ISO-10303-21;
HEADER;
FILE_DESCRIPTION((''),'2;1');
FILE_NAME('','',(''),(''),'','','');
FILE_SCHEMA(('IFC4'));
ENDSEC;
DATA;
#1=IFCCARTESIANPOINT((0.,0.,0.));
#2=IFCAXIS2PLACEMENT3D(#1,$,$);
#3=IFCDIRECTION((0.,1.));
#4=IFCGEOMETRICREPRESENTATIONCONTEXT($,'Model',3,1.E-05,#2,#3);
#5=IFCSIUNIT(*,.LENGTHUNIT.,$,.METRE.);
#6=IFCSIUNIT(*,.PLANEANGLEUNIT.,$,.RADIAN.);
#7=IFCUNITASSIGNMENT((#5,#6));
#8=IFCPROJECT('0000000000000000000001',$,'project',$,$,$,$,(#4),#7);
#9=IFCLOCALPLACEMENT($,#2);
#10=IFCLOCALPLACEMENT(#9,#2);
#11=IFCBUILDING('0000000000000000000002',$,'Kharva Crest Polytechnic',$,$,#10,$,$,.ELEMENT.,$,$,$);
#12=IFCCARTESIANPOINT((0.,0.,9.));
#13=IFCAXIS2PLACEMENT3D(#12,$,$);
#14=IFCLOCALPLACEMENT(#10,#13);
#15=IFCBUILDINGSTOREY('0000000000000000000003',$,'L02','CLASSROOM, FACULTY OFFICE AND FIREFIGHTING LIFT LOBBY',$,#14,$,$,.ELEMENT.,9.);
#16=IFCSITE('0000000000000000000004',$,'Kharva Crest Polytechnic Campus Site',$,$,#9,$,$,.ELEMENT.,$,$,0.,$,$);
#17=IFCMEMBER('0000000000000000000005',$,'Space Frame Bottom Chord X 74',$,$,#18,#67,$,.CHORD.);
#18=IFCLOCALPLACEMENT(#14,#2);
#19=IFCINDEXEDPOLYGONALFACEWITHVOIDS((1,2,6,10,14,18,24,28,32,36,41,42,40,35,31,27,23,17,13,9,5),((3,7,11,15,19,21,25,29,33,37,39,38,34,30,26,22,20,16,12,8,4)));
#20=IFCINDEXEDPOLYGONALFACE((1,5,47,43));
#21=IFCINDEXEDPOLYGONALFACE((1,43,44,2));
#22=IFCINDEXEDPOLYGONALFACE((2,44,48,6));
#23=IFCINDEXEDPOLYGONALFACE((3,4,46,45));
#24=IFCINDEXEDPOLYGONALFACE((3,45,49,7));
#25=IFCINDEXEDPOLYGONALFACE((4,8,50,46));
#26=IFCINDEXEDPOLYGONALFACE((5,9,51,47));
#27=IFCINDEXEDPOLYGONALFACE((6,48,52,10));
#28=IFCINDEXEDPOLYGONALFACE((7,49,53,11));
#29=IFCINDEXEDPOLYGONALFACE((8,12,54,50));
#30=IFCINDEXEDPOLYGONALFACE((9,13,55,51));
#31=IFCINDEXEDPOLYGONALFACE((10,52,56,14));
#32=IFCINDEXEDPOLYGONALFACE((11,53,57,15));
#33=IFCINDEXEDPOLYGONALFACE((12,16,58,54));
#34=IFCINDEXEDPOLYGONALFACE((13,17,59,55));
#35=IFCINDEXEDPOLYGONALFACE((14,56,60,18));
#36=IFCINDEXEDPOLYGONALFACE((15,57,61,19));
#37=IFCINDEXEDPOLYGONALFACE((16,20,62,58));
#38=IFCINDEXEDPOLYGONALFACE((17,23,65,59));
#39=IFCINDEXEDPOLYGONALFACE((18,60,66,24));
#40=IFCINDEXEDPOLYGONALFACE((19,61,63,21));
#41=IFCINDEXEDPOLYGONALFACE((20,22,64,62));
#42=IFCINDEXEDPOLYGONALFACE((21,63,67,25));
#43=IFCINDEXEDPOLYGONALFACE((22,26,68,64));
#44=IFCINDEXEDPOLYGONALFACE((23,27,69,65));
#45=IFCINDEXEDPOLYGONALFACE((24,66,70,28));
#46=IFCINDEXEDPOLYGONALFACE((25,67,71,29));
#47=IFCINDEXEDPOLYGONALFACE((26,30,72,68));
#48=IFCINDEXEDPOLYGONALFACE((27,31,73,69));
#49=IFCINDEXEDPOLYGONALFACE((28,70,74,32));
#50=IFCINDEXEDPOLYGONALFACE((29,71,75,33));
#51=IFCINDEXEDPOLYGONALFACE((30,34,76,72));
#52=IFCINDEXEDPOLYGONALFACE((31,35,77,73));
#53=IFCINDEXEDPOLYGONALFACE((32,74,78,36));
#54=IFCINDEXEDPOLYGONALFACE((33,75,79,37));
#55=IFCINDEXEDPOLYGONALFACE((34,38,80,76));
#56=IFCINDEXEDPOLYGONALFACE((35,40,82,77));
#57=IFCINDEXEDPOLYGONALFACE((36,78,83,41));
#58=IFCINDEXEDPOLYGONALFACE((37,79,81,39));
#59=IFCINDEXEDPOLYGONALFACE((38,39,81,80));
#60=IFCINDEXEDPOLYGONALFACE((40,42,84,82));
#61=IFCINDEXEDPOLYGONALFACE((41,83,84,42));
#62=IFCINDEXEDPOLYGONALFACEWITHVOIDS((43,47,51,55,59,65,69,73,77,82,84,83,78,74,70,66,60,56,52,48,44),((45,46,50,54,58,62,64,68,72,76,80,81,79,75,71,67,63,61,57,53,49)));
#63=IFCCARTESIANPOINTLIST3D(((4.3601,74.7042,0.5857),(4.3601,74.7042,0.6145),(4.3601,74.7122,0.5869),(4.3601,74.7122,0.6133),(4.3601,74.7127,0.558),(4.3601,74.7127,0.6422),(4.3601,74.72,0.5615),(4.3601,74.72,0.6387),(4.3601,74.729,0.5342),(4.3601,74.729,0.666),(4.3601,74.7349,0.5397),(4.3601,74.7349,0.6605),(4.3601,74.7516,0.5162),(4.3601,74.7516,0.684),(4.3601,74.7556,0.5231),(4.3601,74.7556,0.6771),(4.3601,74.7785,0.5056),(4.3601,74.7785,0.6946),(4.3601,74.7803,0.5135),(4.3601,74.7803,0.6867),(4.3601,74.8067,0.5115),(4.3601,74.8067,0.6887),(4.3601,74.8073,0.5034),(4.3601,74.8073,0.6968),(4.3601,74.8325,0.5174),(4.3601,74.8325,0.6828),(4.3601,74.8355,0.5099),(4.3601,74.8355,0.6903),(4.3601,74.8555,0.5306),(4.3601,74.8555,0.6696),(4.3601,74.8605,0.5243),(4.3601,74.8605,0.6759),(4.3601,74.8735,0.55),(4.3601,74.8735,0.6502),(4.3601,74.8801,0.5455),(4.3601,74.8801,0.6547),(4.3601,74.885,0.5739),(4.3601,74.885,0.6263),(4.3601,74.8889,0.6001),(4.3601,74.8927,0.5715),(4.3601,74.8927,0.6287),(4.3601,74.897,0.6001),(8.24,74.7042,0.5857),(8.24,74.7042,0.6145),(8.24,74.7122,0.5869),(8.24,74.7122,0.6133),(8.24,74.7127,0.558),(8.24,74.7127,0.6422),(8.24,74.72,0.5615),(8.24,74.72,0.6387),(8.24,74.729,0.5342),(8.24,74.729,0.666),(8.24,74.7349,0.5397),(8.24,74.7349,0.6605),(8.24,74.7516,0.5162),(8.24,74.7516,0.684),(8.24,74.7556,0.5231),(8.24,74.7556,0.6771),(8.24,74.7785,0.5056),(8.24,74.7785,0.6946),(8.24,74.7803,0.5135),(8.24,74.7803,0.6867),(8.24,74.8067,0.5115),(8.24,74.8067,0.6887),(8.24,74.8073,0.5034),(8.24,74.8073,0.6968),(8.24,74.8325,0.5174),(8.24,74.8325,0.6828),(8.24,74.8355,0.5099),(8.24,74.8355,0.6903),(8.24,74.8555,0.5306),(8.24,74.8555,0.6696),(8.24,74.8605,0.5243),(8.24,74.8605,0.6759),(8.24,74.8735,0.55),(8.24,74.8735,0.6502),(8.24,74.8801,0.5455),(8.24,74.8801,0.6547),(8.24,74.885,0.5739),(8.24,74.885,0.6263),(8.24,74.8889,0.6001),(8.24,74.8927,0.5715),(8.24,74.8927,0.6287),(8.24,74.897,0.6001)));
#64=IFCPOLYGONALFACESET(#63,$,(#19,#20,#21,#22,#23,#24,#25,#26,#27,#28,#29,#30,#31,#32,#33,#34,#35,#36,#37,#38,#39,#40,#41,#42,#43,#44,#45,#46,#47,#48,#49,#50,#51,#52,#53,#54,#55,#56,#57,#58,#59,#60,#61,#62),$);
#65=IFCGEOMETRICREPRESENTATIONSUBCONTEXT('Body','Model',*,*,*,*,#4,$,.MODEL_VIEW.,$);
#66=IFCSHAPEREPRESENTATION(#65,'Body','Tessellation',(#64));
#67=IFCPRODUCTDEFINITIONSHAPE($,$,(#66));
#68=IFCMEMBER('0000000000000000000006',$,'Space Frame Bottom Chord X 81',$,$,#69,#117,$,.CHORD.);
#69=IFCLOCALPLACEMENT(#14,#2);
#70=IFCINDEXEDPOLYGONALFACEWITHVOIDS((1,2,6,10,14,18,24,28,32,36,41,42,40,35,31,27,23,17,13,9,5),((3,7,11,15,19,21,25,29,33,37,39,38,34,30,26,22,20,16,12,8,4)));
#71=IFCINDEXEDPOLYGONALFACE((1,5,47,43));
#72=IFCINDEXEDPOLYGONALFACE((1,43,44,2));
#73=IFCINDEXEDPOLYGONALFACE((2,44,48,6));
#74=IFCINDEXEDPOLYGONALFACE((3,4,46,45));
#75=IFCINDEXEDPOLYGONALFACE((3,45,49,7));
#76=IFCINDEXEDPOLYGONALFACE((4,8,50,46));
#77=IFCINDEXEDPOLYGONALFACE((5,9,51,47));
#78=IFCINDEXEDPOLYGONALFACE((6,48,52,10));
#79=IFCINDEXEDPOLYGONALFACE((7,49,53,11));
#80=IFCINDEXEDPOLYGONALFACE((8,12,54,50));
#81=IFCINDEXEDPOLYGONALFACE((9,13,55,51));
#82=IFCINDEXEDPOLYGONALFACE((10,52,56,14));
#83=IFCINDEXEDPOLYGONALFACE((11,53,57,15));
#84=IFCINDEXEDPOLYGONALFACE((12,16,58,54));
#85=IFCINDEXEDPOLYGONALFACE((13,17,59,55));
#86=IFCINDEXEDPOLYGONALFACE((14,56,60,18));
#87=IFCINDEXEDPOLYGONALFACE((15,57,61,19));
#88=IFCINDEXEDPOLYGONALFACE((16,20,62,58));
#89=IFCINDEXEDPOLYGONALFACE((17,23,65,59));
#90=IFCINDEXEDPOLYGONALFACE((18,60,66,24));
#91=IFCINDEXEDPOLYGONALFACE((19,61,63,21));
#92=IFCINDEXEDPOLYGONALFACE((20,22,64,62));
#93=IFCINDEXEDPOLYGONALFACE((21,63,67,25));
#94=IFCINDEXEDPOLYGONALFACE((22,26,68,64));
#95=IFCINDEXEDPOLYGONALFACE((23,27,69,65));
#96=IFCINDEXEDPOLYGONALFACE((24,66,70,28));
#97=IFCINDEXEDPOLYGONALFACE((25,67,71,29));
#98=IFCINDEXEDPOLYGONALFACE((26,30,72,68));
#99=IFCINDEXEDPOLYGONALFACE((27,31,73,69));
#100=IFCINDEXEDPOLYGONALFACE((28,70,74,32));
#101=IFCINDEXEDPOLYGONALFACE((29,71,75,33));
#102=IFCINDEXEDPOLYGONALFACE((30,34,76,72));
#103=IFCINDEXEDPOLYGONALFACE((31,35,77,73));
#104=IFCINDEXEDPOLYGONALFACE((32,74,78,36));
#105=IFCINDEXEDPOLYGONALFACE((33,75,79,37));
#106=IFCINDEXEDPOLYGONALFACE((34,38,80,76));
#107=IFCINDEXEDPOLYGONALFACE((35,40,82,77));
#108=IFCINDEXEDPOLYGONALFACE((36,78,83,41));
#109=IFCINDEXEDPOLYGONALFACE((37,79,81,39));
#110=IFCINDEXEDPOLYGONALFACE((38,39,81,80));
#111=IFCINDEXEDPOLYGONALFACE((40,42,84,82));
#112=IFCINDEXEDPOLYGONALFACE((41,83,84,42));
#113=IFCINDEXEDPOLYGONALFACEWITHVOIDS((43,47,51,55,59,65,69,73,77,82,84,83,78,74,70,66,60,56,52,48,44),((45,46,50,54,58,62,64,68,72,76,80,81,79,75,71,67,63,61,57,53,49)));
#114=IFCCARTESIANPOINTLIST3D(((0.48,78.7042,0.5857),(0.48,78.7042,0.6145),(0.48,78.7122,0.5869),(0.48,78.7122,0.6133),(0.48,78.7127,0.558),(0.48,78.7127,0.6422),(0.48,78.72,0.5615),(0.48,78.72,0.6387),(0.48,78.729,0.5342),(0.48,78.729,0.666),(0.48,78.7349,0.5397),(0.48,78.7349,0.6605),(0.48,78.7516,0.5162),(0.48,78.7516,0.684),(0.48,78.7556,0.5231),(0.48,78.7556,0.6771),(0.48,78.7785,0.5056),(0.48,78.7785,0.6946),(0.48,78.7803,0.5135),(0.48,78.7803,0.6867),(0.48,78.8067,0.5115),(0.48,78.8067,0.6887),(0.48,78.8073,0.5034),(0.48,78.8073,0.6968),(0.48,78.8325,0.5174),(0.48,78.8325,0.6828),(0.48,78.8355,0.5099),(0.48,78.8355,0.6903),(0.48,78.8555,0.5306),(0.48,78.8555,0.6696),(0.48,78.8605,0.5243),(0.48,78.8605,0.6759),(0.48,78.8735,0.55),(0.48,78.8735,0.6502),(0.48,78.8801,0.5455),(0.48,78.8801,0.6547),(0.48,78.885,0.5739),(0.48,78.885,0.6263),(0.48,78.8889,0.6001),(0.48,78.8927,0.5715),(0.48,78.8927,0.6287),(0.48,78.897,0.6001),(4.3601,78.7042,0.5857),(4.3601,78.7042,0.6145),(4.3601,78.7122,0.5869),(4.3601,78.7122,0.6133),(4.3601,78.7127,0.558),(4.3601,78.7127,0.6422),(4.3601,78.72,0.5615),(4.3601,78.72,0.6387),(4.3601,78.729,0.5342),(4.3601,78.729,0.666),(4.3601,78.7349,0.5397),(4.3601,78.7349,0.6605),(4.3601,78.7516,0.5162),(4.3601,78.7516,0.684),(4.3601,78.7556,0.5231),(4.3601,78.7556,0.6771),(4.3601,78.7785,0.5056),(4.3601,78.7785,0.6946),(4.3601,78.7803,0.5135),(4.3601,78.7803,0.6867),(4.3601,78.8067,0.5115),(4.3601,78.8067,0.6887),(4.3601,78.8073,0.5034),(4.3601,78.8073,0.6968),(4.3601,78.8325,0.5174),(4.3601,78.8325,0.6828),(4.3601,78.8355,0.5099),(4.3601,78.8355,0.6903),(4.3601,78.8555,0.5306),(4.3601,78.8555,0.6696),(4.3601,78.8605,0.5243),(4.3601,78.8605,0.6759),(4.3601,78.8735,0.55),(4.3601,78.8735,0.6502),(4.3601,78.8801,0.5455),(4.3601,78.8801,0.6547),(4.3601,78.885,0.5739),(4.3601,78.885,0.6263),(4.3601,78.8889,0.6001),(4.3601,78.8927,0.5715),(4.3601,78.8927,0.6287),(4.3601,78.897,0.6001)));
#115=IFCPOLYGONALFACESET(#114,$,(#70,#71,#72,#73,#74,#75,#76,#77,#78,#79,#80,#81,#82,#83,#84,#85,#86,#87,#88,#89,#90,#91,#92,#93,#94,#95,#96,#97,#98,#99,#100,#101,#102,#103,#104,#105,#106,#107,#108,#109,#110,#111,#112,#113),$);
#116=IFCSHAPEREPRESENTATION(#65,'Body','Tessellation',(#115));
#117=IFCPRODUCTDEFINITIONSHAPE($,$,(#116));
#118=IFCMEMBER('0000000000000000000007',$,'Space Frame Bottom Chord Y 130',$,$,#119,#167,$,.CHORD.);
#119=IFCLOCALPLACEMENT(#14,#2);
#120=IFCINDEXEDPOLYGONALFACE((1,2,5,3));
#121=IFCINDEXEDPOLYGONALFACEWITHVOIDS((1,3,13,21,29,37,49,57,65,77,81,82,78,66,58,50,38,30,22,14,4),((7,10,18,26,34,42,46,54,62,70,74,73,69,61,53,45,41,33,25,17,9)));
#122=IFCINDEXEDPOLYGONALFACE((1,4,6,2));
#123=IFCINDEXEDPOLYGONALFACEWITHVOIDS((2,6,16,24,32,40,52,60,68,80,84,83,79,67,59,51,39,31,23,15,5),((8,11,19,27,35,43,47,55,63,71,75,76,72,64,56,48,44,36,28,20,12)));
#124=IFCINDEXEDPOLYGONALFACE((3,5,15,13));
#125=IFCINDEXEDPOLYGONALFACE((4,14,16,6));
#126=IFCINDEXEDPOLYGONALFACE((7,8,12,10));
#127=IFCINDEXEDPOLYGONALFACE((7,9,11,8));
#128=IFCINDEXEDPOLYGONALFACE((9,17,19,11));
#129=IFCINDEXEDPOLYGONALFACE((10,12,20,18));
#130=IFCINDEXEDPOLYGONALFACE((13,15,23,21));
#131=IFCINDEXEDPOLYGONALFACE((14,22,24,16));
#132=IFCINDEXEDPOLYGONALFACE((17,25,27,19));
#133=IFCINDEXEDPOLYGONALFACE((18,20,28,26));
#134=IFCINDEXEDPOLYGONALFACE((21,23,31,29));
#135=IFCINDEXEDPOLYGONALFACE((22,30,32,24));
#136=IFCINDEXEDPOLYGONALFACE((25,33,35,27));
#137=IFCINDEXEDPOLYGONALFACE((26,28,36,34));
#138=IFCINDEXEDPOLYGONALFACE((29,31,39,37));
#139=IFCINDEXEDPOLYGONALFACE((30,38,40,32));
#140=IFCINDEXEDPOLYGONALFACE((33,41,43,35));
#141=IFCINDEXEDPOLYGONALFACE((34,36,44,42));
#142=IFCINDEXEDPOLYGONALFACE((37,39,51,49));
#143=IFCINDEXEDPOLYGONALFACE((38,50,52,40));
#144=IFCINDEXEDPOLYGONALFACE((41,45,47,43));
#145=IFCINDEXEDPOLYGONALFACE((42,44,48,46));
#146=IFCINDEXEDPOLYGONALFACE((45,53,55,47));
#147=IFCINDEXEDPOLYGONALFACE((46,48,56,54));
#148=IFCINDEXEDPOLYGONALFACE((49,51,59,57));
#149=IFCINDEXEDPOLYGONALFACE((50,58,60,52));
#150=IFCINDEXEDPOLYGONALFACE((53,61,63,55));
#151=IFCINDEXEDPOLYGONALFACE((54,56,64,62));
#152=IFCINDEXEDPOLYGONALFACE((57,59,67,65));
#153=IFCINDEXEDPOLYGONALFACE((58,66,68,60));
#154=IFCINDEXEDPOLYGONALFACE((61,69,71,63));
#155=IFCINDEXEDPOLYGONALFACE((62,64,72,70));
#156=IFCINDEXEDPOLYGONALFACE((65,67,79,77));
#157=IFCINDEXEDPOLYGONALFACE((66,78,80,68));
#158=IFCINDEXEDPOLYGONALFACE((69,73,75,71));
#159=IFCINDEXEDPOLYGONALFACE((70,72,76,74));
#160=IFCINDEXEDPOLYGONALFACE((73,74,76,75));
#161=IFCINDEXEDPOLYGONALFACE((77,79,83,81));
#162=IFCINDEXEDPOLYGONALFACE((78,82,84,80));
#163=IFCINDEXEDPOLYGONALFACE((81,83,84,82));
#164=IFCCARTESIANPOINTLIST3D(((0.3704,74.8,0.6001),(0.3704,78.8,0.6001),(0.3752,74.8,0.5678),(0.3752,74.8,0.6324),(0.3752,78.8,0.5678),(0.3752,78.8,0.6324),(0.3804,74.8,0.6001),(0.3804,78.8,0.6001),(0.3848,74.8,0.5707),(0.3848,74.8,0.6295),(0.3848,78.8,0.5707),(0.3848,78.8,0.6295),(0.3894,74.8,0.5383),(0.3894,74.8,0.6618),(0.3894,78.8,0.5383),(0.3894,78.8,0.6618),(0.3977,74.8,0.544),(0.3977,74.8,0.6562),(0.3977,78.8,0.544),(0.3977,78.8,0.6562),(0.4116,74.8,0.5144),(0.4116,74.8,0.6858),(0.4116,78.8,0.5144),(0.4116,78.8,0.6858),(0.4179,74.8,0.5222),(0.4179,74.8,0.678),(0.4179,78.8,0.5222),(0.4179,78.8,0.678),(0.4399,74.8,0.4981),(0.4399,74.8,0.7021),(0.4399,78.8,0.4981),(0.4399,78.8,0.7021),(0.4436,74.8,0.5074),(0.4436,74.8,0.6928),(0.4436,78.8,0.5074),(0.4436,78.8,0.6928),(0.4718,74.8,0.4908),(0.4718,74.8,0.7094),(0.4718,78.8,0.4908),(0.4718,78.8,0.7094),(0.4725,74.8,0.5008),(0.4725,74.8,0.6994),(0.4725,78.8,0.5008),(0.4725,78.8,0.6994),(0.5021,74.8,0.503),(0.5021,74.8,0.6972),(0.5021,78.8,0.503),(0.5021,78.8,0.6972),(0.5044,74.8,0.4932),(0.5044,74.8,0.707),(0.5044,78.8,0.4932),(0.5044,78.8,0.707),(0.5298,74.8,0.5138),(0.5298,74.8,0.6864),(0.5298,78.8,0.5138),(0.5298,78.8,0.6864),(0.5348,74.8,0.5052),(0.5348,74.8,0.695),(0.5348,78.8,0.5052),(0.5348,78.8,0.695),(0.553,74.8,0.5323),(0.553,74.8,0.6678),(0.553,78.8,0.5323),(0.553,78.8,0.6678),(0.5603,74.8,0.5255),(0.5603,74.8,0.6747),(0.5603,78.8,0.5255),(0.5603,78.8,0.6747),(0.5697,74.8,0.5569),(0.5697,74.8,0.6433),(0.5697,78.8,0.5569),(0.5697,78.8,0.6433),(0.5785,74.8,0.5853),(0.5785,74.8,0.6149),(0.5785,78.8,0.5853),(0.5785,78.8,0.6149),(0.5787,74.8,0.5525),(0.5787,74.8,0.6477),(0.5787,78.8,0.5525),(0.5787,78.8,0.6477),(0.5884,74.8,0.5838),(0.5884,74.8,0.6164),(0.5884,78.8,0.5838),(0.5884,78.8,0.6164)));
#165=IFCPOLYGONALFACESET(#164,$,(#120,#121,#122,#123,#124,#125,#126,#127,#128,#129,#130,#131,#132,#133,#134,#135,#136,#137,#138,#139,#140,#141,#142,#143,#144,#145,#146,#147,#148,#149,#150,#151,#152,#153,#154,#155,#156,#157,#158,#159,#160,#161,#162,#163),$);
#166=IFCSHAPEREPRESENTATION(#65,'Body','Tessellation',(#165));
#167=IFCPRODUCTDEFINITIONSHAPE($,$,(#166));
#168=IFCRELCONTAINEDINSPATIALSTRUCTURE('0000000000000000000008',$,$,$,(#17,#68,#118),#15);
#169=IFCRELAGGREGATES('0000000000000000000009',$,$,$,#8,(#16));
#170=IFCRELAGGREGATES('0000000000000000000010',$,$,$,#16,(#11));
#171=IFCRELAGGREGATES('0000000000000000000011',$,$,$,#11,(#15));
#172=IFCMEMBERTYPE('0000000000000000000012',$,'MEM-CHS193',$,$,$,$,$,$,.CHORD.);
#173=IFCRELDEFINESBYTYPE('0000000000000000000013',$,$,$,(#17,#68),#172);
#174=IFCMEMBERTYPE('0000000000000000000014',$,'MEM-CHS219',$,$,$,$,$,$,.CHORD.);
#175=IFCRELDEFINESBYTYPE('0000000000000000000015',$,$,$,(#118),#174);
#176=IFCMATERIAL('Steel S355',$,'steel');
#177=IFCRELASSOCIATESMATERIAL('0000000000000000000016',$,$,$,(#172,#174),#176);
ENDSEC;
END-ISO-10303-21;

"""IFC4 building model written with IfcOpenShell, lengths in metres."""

from ifc_helpers import new_model, si_unit, direction, frame, origin, origin_2d, place, context, subcontext, project, spatial, hollow_circle, extrude, material, material_profile, profile_set, type_object, element, save


model = new_model("IFC4")

# Units and contexts
model_context = context("Model", 3, precision=1e-05, world=origin(), true_north=direction((0.0, 1.0)))
body_context = subcontext(model_context, "Body", "Model", "MODEL_VIEW")
ifc_project = project(units=[si_unit("LENGTHUNIT", "METRE"), si_unit("PLANEANGLEUNIT", "RADIAN")], contexts=[model_context])

# Site, building, storey
site_placement = place(None, origin())
site = spatial("IfcSite", under=ifc_project, at=site_placement, Name="Kharva Crest Polytechnic Campus Site", CompositionType="ELEMENT", RefElevation=0.0)
building_placement = place(site_placement, origin())
building = spatial("IfcBuilding", under=site, at=building_placement, Name="Kharva Crest Polytechnic", CompositionType="ELEMENT")
storey_placement = place(building_placement, frame((0.0, 0.0, 9.0)))
storey = spatial("IfcBuildingStorey", under=building, at=storey_placement, Name="L02", Description="CLASSROOM, FACULTY OFFICE AND FIREFIGHTING LIFT LOBBY", CompositionType="ELEMENT", Elevation=9.0)

# Shared definitions
ifc_material_1 = material(Name="Steel S355", Category="steel")

# Members
ifc_material_profile_1 = material_profile(ifc_material_1, hollow_circle(Radius=0.0969, WallThickness=0.0081, at=origin_2d()), Name="CHS 193.7X8.0")
ifc_profile_set_1 = profile_set([ifc_material_profile_1], Name="Steel S355")
member_type_1 = type_object("IfcMemberType", Name="MEM-CHS193", PredefinedType="CHORD", material=ifc_profile_set_1)
member_1_placement = place(storey_placement, frame((4.3601, 74.8, 0.6001), z_axis=(1.0, 0.0, 0.0), x_axis=(0.0, 1.0, 0.0)))
element("IfcMember", 1, at=member_1_placement, inside=storey, type_object=member_type_1, Name="Space Frame Bottom Chord X 74", PredefinedType="CHORD", context=body_context, shape_type="SweptSolid", body=[
    extrude(hollow_circle(Radius=0.0969, WallThickness=0.0081, at=origin_2d()), origin(), (0.0, 0.0, 1.0), 3.8799),
])
member_2_placement = place(storey_placement, frame((0.48, 78.8, 0.6001), z_axis=(1.0, 0.0, 0.0), x_axis=(0.0, 1.0, 0.0)))
element("IfcMember", 2, at=member_2_placement, inside=storey, type_object=member_type_1, Name="Space Frame Bottom Chord X 81", PredefinedType="CHORD", context=body_context, shape_type="SweptSolid", body=[
    extrude(hollow_circle(Radius=0.0969, WallThickness=0.0081, at=origin_2d()), origin(), (0.0, 0.0, 1.0), 3.8801),
])
ifc_material_profile_2 = material_profile(ifc_material_1, hollow_circle(Radius=0.1096, WallThickness=0.01, at=origin_2d()), Name="CHS 219.1X10.0")
ifc_profile_set_2 = profile_set([ifc_material_profile_2], Name="Steel S355")
member_type_2 = type_object("IfcMemberType", Name="MEM-CHS219", PredefinedType="CHORD", material=ifc_profile_set_2)
member_3_placement = place(storey_placement, frame((0.48, 74.8, 0.6001), z_axis=(0.0, 1.0, 0.0), x_axis=(-1.0, 0.0, 0.0)))
element("IfcMember", 3, at=member_3_placement, inside=storey, type_object=member_type_2, Name="Space Frame Bottom Chord Y 130", PredefinedType="CHORD", context=body_context, shape_type="SweptSolid", body=[
    extrude(hollow_circle(Radius=0.1096, WallThickness=0.01, at=origin_2d()), origin(), (0.0, 0.0, 1.0), 4.0),
])

save(model, "model.ifc")
